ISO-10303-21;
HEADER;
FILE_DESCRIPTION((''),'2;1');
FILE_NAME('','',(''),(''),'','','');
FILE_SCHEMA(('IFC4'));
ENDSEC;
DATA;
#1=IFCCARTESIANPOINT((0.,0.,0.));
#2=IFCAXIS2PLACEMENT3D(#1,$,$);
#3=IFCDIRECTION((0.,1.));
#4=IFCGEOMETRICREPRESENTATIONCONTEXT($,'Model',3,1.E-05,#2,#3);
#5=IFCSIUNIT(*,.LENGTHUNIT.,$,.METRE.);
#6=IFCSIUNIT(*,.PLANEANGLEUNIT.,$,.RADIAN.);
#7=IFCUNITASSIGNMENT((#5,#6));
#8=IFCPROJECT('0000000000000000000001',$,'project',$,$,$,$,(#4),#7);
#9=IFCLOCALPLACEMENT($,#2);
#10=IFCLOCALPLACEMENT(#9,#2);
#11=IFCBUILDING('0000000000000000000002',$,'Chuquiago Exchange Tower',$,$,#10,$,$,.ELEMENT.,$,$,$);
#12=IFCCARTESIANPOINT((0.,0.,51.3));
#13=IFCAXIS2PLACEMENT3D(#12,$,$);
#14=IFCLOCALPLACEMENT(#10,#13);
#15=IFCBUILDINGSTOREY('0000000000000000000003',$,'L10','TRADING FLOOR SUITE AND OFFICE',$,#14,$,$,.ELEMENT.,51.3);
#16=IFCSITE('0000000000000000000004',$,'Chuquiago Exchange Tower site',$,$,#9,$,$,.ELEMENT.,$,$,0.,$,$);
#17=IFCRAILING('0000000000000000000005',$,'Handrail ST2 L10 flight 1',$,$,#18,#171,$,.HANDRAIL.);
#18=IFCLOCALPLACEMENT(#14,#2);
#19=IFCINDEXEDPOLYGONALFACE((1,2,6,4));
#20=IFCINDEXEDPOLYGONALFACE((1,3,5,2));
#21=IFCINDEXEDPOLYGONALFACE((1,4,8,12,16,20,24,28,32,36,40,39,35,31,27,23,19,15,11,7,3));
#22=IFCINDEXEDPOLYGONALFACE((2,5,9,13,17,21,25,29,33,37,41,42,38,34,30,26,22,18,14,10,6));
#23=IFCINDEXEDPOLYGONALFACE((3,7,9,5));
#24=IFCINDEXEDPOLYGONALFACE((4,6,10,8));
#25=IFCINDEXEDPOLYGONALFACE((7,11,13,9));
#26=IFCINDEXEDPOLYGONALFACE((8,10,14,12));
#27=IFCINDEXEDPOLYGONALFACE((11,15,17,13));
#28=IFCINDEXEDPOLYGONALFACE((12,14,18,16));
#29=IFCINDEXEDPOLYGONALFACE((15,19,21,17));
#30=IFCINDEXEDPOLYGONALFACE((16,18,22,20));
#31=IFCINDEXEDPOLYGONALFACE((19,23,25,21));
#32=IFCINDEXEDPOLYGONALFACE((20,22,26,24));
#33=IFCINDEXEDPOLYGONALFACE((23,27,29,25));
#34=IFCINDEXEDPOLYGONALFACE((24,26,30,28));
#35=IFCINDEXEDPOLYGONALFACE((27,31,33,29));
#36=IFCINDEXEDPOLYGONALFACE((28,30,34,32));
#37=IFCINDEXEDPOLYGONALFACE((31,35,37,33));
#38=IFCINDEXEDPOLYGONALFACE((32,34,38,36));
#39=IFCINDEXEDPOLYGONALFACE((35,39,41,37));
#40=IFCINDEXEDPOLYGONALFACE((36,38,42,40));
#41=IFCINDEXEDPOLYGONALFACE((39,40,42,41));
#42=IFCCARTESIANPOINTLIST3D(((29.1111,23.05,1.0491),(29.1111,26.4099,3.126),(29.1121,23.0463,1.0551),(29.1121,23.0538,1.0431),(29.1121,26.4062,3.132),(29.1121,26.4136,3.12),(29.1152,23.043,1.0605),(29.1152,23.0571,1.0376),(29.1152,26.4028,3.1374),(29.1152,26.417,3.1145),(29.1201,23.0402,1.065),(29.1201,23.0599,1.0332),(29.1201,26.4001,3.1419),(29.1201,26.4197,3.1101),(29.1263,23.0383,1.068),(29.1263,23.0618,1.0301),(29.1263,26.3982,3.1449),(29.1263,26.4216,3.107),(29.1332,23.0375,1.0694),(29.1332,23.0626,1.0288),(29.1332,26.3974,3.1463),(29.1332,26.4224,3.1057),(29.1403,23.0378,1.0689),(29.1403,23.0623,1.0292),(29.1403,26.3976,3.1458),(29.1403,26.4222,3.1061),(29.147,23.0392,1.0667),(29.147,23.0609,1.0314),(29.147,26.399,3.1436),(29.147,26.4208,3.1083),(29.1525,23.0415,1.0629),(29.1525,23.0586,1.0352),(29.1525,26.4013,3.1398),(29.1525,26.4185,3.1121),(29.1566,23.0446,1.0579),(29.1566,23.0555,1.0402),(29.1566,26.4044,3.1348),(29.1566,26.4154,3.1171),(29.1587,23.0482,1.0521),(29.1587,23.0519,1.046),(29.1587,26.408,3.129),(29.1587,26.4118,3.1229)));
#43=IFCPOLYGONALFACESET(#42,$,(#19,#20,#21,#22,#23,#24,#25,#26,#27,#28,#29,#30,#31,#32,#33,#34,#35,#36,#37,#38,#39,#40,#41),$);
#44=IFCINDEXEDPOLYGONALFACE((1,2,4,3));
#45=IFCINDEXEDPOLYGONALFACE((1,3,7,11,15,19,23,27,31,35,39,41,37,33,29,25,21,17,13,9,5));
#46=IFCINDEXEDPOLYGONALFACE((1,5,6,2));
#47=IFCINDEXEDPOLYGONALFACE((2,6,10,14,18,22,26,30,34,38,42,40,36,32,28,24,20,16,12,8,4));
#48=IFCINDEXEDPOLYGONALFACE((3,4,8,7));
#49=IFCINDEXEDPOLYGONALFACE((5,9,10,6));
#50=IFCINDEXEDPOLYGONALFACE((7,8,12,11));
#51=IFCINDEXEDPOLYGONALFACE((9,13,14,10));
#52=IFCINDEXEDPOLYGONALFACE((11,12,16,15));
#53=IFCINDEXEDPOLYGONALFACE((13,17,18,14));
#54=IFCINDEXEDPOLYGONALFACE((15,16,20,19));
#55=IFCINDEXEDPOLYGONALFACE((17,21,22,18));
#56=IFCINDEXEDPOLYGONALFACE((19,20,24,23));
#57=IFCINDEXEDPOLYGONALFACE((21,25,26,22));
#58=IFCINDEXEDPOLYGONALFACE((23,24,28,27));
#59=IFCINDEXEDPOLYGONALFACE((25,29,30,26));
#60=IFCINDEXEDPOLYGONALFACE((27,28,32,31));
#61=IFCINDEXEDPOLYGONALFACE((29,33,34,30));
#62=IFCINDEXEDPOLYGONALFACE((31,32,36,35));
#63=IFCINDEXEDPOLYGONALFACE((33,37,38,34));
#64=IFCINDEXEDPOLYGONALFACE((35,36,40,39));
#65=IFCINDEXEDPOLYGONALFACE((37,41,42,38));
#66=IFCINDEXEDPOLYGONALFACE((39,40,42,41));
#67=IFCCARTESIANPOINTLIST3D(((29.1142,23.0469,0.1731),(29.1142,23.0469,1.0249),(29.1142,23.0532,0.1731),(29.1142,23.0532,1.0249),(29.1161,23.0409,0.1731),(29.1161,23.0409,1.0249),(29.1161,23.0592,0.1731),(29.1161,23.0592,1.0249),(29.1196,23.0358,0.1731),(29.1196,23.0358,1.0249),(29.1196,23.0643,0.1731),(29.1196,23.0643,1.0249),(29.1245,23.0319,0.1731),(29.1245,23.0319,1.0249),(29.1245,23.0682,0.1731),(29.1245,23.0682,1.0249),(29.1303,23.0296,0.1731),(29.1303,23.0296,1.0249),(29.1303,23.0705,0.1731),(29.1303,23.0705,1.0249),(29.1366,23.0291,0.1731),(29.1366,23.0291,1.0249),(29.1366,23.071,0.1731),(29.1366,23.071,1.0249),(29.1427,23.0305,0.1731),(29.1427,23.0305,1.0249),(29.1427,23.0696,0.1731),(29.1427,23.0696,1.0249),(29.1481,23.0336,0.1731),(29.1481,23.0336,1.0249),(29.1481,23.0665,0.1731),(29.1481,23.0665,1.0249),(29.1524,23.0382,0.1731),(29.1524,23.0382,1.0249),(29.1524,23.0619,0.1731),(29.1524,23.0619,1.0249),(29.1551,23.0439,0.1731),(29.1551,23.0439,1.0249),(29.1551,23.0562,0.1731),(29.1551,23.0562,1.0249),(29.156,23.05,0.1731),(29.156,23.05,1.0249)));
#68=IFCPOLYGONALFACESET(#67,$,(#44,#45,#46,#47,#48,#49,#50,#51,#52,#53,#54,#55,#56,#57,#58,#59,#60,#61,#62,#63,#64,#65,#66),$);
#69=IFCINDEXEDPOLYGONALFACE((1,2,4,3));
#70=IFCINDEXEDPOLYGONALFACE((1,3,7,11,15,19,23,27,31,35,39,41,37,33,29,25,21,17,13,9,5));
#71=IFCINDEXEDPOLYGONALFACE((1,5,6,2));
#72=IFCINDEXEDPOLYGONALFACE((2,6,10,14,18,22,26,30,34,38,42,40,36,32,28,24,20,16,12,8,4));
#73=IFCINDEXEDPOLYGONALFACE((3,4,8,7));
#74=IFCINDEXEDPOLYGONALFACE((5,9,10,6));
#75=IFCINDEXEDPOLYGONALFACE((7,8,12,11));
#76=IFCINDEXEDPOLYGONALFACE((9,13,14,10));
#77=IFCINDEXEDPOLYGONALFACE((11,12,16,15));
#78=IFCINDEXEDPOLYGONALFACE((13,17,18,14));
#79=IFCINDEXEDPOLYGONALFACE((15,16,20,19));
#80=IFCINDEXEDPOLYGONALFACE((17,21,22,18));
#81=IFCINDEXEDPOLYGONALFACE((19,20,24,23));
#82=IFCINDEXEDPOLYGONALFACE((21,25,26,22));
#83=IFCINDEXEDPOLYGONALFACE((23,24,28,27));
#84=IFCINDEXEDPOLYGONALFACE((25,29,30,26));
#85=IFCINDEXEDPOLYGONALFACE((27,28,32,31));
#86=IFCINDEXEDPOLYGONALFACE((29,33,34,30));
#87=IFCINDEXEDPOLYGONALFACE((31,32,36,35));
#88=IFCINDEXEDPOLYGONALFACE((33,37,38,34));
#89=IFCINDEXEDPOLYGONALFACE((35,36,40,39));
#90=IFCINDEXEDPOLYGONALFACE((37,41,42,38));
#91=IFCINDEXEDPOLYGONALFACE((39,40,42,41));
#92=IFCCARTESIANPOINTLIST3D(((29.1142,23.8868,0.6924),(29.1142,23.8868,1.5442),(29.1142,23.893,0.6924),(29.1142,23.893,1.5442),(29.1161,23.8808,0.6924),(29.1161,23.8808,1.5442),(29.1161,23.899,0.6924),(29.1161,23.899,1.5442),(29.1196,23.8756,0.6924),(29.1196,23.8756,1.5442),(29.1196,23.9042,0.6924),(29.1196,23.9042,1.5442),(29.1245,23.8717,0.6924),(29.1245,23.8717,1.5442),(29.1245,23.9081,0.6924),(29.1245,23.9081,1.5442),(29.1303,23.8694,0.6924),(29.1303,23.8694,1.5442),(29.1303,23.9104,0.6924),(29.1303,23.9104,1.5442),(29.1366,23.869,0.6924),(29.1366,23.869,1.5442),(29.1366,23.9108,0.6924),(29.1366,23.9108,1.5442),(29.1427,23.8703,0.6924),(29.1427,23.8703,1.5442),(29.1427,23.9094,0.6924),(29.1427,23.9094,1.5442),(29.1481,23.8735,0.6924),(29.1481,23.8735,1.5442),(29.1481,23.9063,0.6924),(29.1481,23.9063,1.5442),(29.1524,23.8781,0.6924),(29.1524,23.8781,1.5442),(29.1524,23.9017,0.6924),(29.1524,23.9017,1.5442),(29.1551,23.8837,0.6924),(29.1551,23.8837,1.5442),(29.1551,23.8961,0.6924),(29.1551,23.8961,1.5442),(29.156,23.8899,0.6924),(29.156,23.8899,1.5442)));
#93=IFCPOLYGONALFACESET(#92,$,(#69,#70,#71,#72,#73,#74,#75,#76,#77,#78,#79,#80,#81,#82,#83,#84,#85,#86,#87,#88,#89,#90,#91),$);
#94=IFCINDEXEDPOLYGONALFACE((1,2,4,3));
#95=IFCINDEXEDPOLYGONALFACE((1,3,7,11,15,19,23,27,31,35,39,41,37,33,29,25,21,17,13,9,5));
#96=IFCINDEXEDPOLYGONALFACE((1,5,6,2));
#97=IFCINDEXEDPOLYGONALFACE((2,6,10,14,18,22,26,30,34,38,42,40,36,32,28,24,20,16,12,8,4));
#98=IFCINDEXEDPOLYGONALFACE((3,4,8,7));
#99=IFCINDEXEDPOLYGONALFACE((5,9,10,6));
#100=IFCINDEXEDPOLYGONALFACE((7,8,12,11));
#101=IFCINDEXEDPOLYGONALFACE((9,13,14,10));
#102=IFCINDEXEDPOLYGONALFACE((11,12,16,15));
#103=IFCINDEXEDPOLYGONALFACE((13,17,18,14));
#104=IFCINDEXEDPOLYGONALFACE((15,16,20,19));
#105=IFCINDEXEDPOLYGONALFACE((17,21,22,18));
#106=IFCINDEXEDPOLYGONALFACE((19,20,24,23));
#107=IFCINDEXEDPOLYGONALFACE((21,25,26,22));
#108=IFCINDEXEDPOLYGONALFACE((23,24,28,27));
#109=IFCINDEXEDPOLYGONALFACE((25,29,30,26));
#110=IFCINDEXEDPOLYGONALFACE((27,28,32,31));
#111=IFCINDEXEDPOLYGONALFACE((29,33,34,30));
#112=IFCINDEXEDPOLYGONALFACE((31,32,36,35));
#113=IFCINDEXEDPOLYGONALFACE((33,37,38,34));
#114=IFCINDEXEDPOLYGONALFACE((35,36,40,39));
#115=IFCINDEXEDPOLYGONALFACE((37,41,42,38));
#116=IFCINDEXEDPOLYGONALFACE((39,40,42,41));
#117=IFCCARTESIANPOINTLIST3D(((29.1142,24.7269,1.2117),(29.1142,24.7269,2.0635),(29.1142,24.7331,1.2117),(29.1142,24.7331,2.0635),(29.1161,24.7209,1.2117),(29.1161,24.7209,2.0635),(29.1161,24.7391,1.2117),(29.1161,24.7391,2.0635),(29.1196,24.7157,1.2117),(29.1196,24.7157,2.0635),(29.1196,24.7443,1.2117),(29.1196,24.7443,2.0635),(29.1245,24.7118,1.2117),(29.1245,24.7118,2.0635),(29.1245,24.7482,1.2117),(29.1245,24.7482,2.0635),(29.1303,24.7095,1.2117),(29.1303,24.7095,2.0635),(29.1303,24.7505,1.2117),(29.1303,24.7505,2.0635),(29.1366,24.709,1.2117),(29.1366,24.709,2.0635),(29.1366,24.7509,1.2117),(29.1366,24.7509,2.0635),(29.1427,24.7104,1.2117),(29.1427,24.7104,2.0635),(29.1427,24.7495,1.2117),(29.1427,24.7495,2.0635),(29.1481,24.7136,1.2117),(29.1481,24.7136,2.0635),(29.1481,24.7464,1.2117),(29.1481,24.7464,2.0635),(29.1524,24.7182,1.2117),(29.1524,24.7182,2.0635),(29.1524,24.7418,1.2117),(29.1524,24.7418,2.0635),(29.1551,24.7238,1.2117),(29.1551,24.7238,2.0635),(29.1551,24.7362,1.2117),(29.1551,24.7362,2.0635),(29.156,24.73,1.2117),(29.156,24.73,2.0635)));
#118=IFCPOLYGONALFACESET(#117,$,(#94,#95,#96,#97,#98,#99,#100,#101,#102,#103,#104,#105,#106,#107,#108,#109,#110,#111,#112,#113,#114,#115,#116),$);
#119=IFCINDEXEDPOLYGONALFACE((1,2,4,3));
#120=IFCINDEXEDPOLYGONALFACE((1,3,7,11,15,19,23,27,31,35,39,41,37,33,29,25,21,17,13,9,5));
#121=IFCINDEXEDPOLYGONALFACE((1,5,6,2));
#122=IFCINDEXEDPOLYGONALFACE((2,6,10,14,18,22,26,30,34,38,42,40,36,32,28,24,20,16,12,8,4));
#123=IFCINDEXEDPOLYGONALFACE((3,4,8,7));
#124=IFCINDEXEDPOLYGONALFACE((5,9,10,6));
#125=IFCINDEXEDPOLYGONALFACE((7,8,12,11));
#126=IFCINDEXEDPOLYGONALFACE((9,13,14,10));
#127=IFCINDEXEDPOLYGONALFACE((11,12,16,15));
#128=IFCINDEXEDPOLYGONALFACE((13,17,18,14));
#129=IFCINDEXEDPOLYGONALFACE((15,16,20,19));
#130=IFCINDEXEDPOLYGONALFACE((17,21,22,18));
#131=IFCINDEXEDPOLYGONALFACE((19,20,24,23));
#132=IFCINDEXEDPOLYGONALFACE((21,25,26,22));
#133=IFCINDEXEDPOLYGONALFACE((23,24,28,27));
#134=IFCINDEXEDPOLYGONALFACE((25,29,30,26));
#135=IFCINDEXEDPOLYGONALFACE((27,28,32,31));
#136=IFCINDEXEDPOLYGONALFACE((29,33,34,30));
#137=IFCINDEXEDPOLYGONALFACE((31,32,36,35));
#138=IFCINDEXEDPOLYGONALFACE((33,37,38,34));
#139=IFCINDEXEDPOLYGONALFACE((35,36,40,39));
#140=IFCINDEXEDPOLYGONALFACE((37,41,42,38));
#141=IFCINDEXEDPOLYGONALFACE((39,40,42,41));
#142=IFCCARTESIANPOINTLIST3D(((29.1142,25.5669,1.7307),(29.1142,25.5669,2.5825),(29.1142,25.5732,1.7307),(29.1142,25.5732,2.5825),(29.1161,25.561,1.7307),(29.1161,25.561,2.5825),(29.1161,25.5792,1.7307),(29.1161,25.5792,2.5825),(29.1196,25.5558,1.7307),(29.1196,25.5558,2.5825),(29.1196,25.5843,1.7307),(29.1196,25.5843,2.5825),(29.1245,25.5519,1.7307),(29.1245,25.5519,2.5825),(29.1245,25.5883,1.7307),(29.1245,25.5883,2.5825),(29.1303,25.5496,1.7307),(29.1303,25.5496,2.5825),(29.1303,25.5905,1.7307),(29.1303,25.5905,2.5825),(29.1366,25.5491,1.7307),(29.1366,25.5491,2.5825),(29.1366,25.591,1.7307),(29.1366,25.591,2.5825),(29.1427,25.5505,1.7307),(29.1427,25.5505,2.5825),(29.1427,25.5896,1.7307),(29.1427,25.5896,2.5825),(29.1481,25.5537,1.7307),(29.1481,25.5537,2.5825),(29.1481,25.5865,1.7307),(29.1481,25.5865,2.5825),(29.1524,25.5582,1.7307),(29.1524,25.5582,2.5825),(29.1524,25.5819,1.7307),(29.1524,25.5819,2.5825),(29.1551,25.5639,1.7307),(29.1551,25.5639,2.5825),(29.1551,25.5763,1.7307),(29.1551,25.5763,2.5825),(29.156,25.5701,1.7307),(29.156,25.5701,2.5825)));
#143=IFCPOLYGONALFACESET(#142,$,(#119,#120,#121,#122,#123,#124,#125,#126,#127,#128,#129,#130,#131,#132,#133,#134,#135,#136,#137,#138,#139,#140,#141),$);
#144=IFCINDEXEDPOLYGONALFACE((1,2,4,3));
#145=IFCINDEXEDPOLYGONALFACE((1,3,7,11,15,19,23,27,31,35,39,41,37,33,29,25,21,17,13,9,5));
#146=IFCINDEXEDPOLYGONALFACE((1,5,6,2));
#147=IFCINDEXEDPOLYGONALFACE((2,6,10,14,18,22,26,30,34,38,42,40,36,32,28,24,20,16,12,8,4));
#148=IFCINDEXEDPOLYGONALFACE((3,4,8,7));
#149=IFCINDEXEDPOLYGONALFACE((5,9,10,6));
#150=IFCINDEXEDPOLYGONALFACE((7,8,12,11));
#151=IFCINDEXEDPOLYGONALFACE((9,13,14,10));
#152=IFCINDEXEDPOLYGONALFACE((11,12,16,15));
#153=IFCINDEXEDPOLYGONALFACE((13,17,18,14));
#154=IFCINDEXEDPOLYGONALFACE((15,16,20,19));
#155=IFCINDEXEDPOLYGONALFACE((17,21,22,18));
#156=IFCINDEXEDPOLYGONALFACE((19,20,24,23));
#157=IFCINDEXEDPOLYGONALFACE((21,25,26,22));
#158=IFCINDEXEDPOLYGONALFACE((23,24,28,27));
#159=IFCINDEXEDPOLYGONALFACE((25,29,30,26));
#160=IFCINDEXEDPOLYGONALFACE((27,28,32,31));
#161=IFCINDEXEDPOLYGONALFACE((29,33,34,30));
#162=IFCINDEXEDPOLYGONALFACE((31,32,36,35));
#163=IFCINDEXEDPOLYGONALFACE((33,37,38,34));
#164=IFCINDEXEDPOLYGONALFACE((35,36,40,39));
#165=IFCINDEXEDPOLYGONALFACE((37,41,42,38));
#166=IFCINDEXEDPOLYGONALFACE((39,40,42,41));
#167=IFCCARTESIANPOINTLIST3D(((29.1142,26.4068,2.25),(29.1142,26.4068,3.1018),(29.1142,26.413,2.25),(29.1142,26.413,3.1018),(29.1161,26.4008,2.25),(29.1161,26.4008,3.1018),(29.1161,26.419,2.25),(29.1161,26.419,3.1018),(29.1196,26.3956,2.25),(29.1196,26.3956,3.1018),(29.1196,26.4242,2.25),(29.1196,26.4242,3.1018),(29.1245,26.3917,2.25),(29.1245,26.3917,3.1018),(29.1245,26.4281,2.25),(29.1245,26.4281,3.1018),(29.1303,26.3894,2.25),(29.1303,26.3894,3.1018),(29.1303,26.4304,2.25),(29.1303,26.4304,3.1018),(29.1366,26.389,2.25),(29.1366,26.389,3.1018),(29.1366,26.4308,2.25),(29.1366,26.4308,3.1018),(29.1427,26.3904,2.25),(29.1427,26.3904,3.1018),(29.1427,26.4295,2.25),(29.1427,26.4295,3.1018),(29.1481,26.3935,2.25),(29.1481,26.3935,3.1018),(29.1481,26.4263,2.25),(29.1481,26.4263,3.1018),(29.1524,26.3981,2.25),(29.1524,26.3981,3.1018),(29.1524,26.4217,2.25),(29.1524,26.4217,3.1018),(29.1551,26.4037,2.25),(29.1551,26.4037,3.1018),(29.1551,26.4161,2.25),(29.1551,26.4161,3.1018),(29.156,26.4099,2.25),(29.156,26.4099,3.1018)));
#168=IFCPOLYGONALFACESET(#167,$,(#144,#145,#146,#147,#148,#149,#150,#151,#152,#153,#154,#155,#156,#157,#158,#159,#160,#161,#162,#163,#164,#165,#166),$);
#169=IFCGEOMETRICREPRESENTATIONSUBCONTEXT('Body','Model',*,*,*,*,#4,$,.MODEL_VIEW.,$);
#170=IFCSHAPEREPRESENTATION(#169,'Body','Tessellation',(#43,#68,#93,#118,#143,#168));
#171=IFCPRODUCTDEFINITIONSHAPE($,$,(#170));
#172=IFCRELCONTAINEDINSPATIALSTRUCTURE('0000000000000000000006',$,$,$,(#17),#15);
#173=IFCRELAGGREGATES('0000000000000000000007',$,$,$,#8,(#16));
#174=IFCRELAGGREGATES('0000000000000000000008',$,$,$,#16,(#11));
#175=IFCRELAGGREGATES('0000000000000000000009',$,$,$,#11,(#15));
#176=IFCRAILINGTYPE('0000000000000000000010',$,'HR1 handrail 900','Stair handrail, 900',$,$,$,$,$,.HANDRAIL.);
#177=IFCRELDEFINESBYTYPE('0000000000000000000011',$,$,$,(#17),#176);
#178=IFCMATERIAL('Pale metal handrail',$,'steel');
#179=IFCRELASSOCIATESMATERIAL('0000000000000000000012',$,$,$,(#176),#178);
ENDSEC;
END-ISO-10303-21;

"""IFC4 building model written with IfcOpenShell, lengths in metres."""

from ifc_helpers import new_model, si_unit, direction, frame, origin, origin_2d, place, context, subcontext, project, spatial, circle, extrude, material, type_object, element, save


model = new_model("IFC4")

# Units and contexts
model_context = context("Model", 3, precision=1e-05, world=origin(), true_north=direction((0.0, 1.0)))
body_context = subcontext(model_context, "Body", "Model", "MODEL_VIEW")
ifc_project = project(units=[si_unit("LENGTHUNIT", "METRE"), si_unit("PLANEANGLEUNIT", "RADIAN")], contexts=[model_context])

# Site, building, storey
site_placement = place(None, origin())
site = spatial("IfcSite", under=ifc_project, at=site_placement, Name="Chuquiago Exchange Tower site", CompositionType="ELEMENT", RefElevation=0.0)
building_placement = place(site_placement, origin())
building = spatial("IfcBuilding", under=site, at=building_placement, Name="Chuquiago Exchange Tower", CompositionType="ELEMENT")
storey_placement = place(building_placement, frame((0.0, 0.0, 51.3)))
storey = spatial("IfcBuildingStorey", under=building, at=storey_placement, Name="L10", Description="TRADING FLOOR SUITE AND OFFICE", CompositionType="ELEMENT", Elevation=51.3)

# Railing
ifc_material_1 = material(Name="Pale metal handrail", Category="steel")
railing_type_1 = type_object("IfcRailingType", Name="HR1 handrail 900", Description="Stair handrail, 900", PredefinedType="HANDRAIL", material=ifc_material_1)
for number, where, name in (
    (1, (29.135, 23.05, 0.1731), "Handrail ST2 L10 flight 1"),
):
    element("IfcRailing", number, at=place(storey_placement, frame(where)), inside=storey, type_object=railing_type_1, Name=name, PredefinedType="HANDRAIL", context=body_context, shape_type="SweptSolid", body=[
        extrude(circle(Radius=0.0239, at=origin_2d()), frame((0.0, 0.0, 0.876), z_axis=(0.0, 0.850606, 0.525803), x_axis=(-1.0, 0.0, 0.0)), (0.0, 0.0, 1.0), 3.95),
        extrude(circle(Radius=0.021, at=origin_2d()), origin(), (0.0, 0.0, 1.0), 0.8518),
        extrude(circle(Radius=0.021, at=origin_2d()), frame((0.0, 0.8398, 0.5193)), (0.0, 0.0, 1.0), 0.8518),
        extrude(circle(Radius=0.021, at=origin_2d()), frame((0.0, 1.6799, 1.0386)), (0.0, 0.0, 1.0), 0.8518),
        extrude(circle(Radius=0.021, at=origin_2d()), frame((0.0, 2.52, 1.5576)), (0.0, 0.0, 1.0), 0.8518),
        extrude(circle(Radius=0.021, at=origin_2d()), frame((0.0, 3.3599, 2.0769)), (0.0, 0.0, 1.0), 0.8518),
    ])

save(model, "model.ifc")
